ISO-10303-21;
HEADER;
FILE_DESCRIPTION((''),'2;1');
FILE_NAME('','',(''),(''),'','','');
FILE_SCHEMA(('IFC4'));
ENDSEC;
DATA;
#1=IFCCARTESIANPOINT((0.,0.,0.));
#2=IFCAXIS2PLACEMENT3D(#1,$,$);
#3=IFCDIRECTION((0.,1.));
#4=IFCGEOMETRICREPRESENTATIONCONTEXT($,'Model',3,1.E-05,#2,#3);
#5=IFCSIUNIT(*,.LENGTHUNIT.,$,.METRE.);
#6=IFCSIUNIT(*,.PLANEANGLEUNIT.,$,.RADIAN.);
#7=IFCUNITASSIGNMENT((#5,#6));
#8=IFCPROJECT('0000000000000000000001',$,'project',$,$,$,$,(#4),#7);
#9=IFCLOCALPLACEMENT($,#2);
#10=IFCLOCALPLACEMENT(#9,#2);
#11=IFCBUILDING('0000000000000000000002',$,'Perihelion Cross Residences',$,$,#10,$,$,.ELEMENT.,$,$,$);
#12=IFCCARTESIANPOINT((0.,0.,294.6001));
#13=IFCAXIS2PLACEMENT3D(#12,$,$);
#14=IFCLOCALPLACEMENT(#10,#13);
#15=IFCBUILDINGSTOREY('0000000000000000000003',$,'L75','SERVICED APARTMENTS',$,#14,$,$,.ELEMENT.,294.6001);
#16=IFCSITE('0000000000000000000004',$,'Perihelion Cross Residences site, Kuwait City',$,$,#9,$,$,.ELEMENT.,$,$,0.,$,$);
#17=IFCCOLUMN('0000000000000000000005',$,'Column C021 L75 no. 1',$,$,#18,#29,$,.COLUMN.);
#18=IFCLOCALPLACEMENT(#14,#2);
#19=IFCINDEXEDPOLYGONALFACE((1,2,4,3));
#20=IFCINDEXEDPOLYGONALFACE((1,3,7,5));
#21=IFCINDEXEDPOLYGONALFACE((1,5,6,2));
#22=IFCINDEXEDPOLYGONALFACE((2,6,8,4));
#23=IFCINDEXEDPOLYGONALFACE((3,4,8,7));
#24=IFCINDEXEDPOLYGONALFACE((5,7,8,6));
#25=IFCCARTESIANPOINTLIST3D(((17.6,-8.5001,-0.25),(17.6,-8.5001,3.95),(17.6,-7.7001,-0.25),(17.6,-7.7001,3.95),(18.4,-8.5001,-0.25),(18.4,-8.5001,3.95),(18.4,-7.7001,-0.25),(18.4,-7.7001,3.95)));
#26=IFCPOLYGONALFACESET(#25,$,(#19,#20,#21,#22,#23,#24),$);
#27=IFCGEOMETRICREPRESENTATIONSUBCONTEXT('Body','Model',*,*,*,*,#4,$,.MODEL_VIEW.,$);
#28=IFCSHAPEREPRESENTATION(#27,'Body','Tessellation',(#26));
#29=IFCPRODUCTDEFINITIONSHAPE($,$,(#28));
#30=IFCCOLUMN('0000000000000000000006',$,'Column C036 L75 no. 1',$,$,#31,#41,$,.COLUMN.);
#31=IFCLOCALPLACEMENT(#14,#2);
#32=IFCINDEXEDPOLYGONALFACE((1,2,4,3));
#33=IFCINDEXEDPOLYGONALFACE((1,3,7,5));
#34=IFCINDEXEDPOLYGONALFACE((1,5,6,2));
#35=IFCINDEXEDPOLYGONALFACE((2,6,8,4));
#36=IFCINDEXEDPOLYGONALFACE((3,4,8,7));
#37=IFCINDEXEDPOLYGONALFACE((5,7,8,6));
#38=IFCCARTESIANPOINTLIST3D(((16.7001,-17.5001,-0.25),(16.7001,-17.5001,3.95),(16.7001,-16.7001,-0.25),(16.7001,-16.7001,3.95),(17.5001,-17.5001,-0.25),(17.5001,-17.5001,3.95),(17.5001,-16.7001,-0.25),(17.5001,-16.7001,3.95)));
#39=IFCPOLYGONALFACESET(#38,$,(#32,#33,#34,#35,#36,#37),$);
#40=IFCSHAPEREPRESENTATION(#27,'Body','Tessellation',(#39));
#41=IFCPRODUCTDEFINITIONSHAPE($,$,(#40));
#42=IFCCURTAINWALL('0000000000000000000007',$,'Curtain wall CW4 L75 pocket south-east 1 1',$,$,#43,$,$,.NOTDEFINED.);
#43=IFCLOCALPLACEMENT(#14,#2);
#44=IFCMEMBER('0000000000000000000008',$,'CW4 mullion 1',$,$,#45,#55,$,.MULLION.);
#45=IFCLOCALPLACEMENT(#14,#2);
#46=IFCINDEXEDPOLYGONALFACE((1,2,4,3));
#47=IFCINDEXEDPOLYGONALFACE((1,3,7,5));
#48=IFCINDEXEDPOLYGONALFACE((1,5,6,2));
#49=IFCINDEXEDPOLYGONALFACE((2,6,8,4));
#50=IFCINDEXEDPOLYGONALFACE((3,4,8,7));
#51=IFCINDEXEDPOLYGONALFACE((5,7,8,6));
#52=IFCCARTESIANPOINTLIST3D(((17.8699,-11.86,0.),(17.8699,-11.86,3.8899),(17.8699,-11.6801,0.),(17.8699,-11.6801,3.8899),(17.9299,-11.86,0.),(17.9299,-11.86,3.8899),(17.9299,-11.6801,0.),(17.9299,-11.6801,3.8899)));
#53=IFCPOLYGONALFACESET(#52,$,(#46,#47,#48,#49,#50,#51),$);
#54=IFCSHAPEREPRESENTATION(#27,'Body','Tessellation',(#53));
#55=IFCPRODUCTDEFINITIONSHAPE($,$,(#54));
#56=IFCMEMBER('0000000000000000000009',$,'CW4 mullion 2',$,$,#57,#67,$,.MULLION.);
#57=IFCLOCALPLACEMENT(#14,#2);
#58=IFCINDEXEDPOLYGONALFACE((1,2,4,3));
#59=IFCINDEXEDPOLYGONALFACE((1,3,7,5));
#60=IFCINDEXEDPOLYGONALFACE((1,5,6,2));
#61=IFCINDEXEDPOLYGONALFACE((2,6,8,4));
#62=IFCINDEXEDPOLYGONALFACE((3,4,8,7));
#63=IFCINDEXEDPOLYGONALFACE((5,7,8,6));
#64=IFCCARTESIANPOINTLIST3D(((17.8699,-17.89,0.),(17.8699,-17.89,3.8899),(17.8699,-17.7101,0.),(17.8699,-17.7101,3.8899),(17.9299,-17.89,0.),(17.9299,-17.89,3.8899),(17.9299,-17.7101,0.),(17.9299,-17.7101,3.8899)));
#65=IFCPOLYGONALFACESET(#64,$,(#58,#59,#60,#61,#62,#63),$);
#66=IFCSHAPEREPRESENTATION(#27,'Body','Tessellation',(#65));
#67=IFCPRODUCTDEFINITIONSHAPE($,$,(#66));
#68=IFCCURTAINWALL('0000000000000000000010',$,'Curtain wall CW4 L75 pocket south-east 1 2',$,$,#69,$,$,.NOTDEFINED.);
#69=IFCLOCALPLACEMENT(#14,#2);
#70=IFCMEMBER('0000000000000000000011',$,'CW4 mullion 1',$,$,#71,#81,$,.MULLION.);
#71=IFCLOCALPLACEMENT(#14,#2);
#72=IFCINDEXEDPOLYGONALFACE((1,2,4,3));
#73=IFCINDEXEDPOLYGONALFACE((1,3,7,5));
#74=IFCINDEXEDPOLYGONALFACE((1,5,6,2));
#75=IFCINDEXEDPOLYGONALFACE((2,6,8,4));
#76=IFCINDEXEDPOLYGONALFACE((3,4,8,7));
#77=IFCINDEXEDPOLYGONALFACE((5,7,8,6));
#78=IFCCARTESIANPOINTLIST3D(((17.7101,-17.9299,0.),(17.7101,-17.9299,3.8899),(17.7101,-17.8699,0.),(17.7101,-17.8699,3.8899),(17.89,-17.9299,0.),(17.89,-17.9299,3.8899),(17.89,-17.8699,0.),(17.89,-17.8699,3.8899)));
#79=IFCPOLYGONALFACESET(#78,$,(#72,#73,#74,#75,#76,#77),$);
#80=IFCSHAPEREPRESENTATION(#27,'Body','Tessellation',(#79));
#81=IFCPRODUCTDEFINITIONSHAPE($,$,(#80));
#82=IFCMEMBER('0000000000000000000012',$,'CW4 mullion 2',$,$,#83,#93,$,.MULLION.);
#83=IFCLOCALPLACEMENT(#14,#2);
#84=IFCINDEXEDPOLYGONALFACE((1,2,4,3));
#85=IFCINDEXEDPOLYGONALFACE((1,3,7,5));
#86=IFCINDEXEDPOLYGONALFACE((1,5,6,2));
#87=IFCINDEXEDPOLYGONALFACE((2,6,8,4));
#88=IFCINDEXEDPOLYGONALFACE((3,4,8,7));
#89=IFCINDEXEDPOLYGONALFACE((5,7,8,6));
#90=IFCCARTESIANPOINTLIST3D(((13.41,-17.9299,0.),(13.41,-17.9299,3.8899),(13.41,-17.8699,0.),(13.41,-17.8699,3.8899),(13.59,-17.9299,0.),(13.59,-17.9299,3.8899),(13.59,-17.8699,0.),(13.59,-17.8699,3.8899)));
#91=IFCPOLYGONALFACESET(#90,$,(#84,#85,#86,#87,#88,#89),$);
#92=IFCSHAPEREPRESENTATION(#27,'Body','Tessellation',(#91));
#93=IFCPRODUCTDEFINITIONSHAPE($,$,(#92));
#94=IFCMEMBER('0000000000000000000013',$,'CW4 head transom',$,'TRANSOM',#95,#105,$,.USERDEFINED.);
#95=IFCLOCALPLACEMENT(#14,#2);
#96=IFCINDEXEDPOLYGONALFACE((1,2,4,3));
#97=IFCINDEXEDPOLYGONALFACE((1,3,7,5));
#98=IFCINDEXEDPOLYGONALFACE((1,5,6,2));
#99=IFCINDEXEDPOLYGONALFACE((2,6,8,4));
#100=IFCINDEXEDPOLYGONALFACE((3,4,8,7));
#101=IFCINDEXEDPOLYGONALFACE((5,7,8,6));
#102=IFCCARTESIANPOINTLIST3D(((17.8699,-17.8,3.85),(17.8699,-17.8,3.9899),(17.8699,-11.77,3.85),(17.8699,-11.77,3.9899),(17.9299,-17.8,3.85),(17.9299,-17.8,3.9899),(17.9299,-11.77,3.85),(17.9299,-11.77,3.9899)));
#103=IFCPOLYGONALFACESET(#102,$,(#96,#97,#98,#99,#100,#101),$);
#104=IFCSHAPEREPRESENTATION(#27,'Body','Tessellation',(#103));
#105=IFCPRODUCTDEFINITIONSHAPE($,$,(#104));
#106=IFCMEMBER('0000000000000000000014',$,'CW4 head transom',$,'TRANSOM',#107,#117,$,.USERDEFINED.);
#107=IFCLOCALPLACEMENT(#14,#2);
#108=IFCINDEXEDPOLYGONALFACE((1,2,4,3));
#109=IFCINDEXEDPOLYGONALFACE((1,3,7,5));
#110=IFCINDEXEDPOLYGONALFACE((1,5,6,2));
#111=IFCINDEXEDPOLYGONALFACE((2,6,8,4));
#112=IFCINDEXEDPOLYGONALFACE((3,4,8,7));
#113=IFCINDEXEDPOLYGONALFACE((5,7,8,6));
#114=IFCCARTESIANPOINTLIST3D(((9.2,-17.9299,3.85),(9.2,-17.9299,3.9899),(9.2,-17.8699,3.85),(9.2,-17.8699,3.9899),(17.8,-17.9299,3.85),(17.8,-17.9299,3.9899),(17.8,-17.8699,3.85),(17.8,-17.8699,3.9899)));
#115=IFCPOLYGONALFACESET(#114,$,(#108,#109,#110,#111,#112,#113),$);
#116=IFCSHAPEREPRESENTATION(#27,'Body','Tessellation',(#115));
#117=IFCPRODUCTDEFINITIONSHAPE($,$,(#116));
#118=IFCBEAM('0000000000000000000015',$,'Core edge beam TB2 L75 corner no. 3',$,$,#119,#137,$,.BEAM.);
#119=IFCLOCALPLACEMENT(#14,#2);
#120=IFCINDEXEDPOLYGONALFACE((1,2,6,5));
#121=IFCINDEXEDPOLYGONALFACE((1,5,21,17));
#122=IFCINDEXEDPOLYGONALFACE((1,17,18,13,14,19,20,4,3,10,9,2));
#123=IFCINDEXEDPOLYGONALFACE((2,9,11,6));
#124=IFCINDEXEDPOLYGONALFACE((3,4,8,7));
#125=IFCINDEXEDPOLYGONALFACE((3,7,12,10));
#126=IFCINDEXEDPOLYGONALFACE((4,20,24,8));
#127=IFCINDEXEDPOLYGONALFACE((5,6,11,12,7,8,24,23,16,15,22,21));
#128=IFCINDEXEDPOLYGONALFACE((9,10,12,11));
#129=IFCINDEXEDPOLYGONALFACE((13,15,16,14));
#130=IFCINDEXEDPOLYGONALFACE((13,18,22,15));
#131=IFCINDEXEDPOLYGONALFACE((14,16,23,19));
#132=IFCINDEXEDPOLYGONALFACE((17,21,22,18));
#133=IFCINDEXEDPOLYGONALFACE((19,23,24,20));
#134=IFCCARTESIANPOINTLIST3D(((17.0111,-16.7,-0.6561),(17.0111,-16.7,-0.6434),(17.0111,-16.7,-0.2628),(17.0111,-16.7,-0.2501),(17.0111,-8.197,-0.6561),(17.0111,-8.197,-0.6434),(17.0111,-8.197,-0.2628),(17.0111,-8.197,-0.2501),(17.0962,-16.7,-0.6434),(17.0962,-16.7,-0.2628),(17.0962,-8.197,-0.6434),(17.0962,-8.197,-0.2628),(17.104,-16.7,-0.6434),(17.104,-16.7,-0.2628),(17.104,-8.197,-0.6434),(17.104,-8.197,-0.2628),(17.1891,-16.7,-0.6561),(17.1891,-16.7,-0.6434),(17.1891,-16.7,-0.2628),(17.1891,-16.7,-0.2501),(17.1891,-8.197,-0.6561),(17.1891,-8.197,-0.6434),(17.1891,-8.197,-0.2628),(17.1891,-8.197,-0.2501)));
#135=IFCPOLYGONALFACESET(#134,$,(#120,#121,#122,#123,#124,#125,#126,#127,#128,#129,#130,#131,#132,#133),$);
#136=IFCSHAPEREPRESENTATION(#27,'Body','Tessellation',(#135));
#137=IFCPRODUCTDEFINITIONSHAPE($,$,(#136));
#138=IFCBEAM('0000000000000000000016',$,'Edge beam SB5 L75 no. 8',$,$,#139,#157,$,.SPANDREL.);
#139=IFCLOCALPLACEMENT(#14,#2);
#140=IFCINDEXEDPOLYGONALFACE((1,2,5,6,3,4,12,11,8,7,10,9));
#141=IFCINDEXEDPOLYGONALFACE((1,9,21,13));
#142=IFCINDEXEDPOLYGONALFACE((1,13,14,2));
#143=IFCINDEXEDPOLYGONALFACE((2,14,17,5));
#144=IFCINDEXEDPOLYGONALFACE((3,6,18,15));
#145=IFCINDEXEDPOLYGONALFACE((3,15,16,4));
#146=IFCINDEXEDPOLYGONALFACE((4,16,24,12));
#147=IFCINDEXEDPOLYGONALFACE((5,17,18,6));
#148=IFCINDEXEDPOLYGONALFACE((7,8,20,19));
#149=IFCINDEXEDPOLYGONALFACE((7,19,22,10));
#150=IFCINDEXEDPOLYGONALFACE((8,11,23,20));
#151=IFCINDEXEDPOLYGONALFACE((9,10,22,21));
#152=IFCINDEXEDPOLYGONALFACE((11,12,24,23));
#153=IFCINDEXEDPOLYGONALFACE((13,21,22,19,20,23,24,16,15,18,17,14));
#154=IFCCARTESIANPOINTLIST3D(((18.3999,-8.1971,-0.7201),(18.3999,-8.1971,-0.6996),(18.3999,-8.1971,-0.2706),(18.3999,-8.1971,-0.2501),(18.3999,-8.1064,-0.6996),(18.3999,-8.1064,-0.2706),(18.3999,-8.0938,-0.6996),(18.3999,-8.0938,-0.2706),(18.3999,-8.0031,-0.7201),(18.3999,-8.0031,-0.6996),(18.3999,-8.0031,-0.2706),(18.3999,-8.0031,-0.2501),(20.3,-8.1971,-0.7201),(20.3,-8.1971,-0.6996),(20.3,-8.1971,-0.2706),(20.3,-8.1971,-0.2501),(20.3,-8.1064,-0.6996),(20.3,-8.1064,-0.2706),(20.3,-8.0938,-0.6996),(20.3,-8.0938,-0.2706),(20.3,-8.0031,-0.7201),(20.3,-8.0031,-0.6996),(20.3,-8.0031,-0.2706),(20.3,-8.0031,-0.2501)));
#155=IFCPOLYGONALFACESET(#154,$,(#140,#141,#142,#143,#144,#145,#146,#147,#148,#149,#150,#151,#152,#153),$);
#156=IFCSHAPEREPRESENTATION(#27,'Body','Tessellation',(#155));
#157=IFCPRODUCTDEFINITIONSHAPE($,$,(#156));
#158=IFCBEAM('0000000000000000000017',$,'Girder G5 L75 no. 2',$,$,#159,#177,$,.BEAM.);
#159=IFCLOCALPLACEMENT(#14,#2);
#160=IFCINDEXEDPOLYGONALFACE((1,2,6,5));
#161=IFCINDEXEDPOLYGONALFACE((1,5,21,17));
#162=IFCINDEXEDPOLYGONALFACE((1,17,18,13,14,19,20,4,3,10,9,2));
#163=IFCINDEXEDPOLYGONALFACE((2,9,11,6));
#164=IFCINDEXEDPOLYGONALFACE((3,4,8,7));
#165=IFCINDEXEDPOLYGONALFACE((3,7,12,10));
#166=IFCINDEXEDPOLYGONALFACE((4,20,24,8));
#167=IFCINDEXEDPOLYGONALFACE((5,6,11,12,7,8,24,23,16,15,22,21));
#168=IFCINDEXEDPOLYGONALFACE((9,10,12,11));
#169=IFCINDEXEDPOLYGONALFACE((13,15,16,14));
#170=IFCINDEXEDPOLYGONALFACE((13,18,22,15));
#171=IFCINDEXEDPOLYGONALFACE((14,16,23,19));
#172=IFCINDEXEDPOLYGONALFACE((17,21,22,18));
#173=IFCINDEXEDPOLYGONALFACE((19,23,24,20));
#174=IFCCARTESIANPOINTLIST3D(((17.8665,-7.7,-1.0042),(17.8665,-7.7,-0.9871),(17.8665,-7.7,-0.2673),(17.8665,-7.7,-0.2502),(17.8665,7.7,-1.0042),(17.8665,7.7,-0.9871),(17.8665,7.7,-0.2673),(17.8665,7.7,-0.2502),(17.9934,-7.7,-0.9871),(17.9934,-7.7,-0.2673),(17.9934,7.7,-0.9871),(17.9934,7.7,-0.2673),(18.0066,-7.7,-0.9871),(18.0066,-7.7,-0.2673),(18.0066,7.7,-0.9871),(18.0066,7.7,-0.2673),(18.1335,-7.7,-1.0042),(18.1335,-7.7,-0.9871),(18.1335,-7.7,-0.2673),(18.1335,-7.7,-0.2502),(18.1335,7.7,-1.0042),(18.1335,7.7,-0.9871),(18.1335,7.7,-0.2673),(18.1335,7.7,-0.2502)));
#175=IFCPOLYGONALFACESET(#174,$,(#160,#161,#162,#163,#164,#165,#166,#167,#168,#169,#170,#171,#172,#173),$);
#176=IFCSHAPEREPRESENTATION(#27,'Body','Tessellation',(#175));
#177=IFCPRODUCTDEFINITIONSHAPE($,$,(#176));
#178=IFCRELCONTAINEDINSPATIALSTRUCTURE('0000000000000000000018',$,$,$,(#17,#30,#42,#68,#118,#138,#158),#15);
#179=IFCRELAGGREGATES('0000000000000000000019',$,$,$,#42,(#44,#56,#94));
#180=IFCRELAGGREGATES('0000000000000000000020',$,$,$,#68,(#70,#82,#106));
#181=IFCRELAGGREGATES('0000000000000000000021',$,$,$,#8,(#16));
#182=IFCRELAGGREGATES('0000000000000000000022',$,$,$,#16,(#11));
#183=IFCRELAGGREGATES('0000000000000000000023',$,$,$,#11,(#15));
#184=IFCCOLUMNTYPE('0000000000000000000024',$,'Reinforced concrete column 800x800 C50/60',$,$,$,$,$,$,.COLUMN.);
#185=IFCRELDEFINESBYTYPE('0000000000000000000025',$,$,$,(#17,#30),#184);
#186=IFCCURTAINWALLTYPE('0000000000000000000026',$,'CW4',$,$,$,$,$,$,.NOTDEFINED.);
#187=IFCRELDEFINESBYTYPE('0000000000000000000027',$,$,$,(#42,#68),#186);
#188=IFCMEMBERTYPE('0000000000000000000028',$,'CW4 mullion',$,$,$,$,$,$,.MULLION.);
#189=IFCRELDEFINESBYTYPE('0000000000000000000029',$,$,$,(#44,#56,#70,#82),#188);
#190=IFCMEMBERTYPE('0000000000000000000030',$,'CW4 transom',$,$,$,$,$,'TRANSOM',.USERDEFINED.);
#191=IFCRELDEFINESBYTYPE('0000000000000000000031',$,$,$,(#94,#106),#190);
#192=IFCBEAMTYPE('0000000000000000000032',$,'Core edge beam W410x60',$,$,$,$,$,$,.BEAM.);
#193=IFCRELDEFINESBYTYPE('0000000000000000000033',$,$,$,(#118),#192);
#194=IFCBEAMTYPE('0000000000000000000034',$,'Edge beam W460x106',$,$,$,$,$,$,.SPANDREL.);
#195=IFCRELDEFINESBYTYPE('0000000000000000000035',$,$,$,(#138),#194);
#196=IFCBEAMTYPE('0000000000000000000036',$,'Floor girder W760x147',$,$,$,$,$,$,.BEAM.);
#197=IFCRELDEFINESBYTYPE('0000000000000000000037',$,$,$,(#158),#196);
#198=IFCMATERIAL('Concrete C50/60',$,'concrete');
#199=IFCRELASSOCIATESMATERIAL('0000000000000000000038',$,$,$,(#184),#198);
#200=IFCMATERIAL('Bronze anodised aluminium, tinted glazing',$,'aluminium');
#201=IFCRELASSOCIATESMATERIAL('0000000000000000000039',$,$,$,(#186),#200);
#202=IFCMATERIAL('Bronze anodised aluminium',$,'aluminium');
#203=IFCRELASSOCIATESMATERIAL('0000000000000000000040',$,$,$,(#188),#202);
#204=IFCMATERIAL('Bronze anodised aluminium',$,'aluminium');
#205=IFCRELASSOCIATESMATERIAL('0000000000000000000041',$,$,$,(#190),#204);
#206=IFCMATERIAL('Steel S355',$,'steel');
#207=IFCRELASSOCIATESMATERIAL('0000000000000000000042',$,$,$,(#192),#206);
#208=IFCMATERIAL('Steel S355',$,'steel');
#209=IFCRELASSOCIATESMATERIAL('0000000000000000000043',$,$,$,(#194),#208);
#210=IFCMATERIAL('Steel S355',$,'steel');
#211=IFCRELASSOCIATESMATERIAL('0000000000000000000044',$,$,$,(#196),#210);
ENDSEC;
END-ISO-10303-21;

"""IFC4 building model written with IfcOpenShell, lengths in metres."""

from ifc_helpers import new_model, si_unit, direction, frame, origin, origin_2d, place, context, subcontext, project, spatial, rectangle, i_section, extrude, material, material_profile, profile_set, type_object, element, aggregate, save


model = new_model("IFC4")

# Units and contexts
model_context = context("Model", 3, precision=1e-05, world=origin(), true_north=direction((0.0, 1.0)))
body_context = subcontext(model_context, "Body", "Model", "MODEL_VIEW")
ifc_project = project(units=[si_unit("LENGTHUNIT", "METRE"), si_unit("PLANEANGLEUNIT", "RADIAN")], contexts=[model_context])

# Site, building, storey
site_placement = place(None, origin())
site = spatial("IfcSite", under=ifc_project, at=site_placement, Name="Perihelion Cross Residences site, Kuwait City", CompositionType="ELEMENT", RefElevation=0.0)
building_placement = place(site_placement, origin())
building = spatial("IfcBuilding", under=site, at=building_placement, Name="Perihelion Cross Residences", CompositionType="ELEMENT")
storey_placement = place(building_placement, frame((0.0, 0.0, 294.6001)))
storey = spatial("IfcBuildingStorey", under=building, at=storey_placement, Name="L75", Description="SERVICED APARTMENTS", CompositionType="ELEMENT", Elevation=294.6001)

# Columns
ifc_material_1 = material(Name="Concrete C50/60", Category="concrete")
ifc_material_profile_1 = material_profile(ifc_material_1, rectangle(XDim=0.8, YDim=0.8, at=origin_2d()), Name="RC 800x800")
ifc_profile_set_1 = profile_set([ifc_material_profile_1], Name="Concrete C50/60")
column_type = type_object("IfcColumnType", Name="Reinforced concrete column 800x800 C50/60", PredefinedType="COLUMN", material=ifc_profile_set_1)
for number, where, z_axis, x_axis, name in (
    (1, (18.0, -8.1001, -0.25), (0.0, 0.0, 1.0), (1.0, 0.0, 0.0), "Column C021 L75 no. 1"),
    (2, (17.1001, -17.1001, -0.25), (0.0, 0.0, 1.0), (1.0, 0.0, 0.0), "Column C036 L75 no. 1"),
):
    element("IfcColumn", number, at=place(storey_placement, frame(where, z_axis=z_axis, x_axis=x_axis)), inside=storey, type_object=column_type, Name=name, PredefinedType="COLUMN", context=body_context, shape_type="SweptSolid", body=[
        extrude(rectangle(XDim=0.8, YDim=0.8, at=origin_2d()), origin(), (0.0, 0.0, 1.0), 4.2),
    ])

# Curtain walls, members
ifc_material_2 = material(Name="Bronze anodised aluminium, tinted glazing", Category="aluminium")
curtain_wall_type_1 = type_object("IfcCurtainWallType", Name="CW4", PredefinedType="NOTDEFINED", material=ifc_material_2)
curtain_wall_1_placement = place(storey_placement, origin())
curtain_wall_1 = element("IfcCurtainWall", 3, at=curtain_wall_1_placement, inside=storey, type_object=curtain_wall_type_1, Name="Curtain wall CW4 L75 pocket south-east 1 1", PredefinedType="NOTDEFINED")
ifc_material_3 = material(Name="Bronze anodised aluminium", Category="aluminium")
ifc_material_profile_2 = material_profile(ifc_material_3, rectangle(XDim=0.0601, YDim=0.1799, at=origin_2d()), Name="CW4 mullion")
ifc_profile_set_2 = profile_set([ifc_material_profile_2], Name="Bronze anodised aluminium")
member_type_1 = type_object("IfcMemberType", Name="CW4 mullion", PredefinedType="MULLION", material=ifc_profile_set_2)
member_1_placement = place(storey_placement, frame((17.8999, -11.77, 0.0), z_axis=(0.0, 0.0, 1.0), x_axis=(1.0, 0.0, 0.0)))
member_1 = element("IfcMember", 4, at=member_1_placement, type_object=member_type_1, Name="CW4 mullion 1", PredefinedType="MULLION", context=body_context, shape_type="SweptSolid", body=[
    extrude(rectangle(XDim=0.0601, YDim=0.1799, at=origin_2d()), origin(), (0.0, 0.0, 1.0), 3.8899),
])
member_2_placement = place(storey_placement, frame((17.8999, -17.8, 0.0), z_axis=(0.0, 0.0, 1.0), x_axis=(1.0, 0.0, 0.0)))
member_2 = element("IfcMember", 5, at=member_2_placement, type_object=member_type_1, Name="CW4 mullion 2", PredefinedType="MULLION", context=body_context, shape_type="SweptSolid", body=[
    extrude(rectangle(XDim=0.0601, YDim=0.1799, at=origin_2d()), origin(), (0.0, 0.0, 1.0), 3.8899),
])
curtain_wall_2_placement = place(storey_placement, origin())
curtain_wall_2 = element("IfcCurtainWall", 6, at=curtain_wall_2_placement, inside=storey, type_object=curtain_wall_type_1, Name="Curtain wall CW4 L75 pocket south-east 1 2", PredefinedType="NOTDEFINED")
member_3_placement = place(storey_placement, frame((17.8, -17.8999, 0.0), z_axis=(0.0, 0.0, 1.0), x_axis=(0.0, -1.0, 0.0)))
member_3 = element("IfcMember", 7, at=member_3_placement, type_object=member_type_1, Name="CW4 mullion 1", PredefinedType="MULLION", context=body_context, shape_type="SweptSolid", body=[
    extrude(rectangle(XDim=0.0601, YDim=0.1799, at=origin_2d()), origin(), (0.0, 0.0, 1.0), 3.8899),
])
member_4_placement = place(storey_placement, frame((13.5, -17.8999, 0.0), z_axis=(0.0, 0.0, 1.0), x_axis=(0.0, -1.0, 0.0)))
member_4 = element("IfcMember", 8, at=member_4_placement, type_object=member_type_1, Name="CW4 mullion 2", PredefinedType="MULLION", context=body_context, shape_type="SweptSolid", body=[
    extrude(rectangle(XDim=0.0601, YDim=0.1799, at=origin_2d()), origin(), (0.0, 0.0, 1.0), 3.8899),
])

# Members
ifc_material_4 = material(Name="Bronze anodised aluminium", Category="aluminium")
ifc_material_profile_3 = material_profile(ifc_material_4, rectangle(XDim=0.0601, YDim=0.1399, at=origin_2d()), Name="CW4 transom")
ifc_profile_set_3 = profile_set([ifc_material_profile_3], Name="Bronze anodised aluminium")
member_type_2 = type_object("IfcMemberType", Name="CW4 transom", ElementType="TRANSOM", PredefinedType="USERDEFINED", material=ifc_profile_set_3)
member_5_placement = place(storey_placement, frame((17.8999, -11.77, 3.9199), z_axis=(0.0, -1.0, 0.0), x_axis=(1.0, 0.0, 0.0)))
member_5 = element("IfcMember", 9, at=member_5_placement, type_object=member_type_2, Name="CW4 head transom", ObjectType="TRANSOM", PredefinedType="USERDEFINED", context=body_context, shape_type="SweptSolid", body=[
    extrude(rectangle(XDim=0.0601, YDim=0.1399, at=origin_2d()), origin(), (0.0, 0.0, 1.0), 6.03),
])
member_6_placement = place(storey_placement, frame((17.8, -17.8999, 3.9199), z_axis=(-1.0, 0.0, 0.0), x_axis=(0.0, -1.0, 0.0)))
member_6 = element("IfcMember", 10, at=member_6_placement, type_object=member_type_2, Name="CW4 head transom", ObjectType="TRANSOM", PredefinedType="USERDEFINED", context=body_context, shape_type="SweptSolid", body=[
    extrude(rectangle(XDim=0.0601, YDim=0.1399, at=origin_2d()), origin(), (0.0, 0.0, 1.0), 8.6001),
])

# Beams
ifc_material_5 = material(Name="Steel S355", Category="steel")
ifc_material_profile_4 = material_profile(ifc_material_5, i_section(OverallWidth=0.178, OverallDepth=0.406, WebThickness=0.0078, FlangeThickness=0.0127, at=origin_2d()), Name="W410x60")
ifc_profile_set_4 = profile_set([ifc_material_profile_4], Name="Steel S355")
beam_type_1 = type_object("IfcBeamType", Name="Core edge beam W410x60", PredefinedType="BEAM", material=ifc_profile_set_4)
beam_1_placement = place(storey_placement, frame((17.1001, -8.197, -0.4531), z_axis=(0.0, -1.0, 0.0), x_axis=(1.0, 0.0, 0.0)))
element("IfcBeam", 11, at=beam_1_placement, inside=storey, type_object=beam_type_1, Name="Core edge beam TB2 L75 corner no. 3", PredefinedType="BEAM", context=body_context, shape_type="SweptSolid", body=[
    extrude(i_section(OverallWidth=0.178, OverallDepth=0.406, WebThickness=0.0078, FlangeThickness=0.0127, at=origin_2d()), origin(), (0.0, 0.0, 1.0), 8.5029),
])
ifc_material_6 = material(Name="Steel S355", Category="steel")
ifc_material_profile_5 = material_profile(ifc_material_6, i_section(OverallWidth=0.1941, OverallDepth=0.47, WebThickness=0.0127, FlangeThickness=0.0205, at=origin_2d()), Name="W460x106")
ifc_profile_set_5 = profile_set([ifc_material_profile_5], Name="Steel S355")
beam_type_2 = type_object("IfcBeamType", Name="Edge beam W460x106", PredefinedType="SPANDREL", material=ifc_profile_set_5)
beam_2_placement = place(storey_placement, frame((18.3999, -8.1001, -0.4851), z_axis=(1.0, 0.0, 0.0), x_axis=(0.0, 1.0, 0.0)))
element("IfcBeam", 12, at=beam_2_placement, inside=storey, type_object=beam_type_2, Name="Edge beam SB5 L75 no. 8", PredefinedType="SPANDREL", context=body_context, shape_type="SweptSolid", body=[
    extrude(i_section(OverallWidth=0.1941, OverallDepth=0.47, WebThickness=0.0127, FlangeThickness=0.0205, at=origin_2d()), origin(), (0.0, 0.0, 1.0), 1.9001),
])
ifc_material_7 = material(Name="Steel S355", Category="steel")
ifc_material_profile_6 = material_profile(ifc_material_7, i_section(OverallWidth=0.2671, OverallDepth=0.7539, WebThickness=0.0132, FlangeThickness=0.0171, at=origin_2d()), Name="W760x147")
ifc_profile_set_6 = profile_set([ifc_material_profile_6], Name="Steel S355")
beam_type_3 = type_object("IfcBeamType", Name="Floor girder W760x147", PredefinedType="BEAM", material=ifc_profile_set_6)
beam_3_placement = place(storey_placement, frame((18.0, -7.7, -0.6272), z_axis=(0.0, 1.0, 0.0), x_axis=(-1.0, 0.0, 0.0)))
element("IfcBeam", 13, at=beam_3_placement, inside=storey, type_object=beam_type_3, Name="Girder G5 L75 no. 2", PredefinedType="BEAM", context=body_context, shape_type="SweptSolid", body=[
    extrude(i_section(OverallWidth=0.2671, OverallDepth=0.7539, WebThickness=0.0132, FlangeThickness=0.0171, at=origin_2d()), origin(), (0.0, 0.0, 1.0), 15.3999),
])

aggregate(curtain_wall_1, [member_1, member_2, member_5])
aggregate(curtain_wall_2, [member_3, member_4, member_6])

save(model, "model.ifc")
